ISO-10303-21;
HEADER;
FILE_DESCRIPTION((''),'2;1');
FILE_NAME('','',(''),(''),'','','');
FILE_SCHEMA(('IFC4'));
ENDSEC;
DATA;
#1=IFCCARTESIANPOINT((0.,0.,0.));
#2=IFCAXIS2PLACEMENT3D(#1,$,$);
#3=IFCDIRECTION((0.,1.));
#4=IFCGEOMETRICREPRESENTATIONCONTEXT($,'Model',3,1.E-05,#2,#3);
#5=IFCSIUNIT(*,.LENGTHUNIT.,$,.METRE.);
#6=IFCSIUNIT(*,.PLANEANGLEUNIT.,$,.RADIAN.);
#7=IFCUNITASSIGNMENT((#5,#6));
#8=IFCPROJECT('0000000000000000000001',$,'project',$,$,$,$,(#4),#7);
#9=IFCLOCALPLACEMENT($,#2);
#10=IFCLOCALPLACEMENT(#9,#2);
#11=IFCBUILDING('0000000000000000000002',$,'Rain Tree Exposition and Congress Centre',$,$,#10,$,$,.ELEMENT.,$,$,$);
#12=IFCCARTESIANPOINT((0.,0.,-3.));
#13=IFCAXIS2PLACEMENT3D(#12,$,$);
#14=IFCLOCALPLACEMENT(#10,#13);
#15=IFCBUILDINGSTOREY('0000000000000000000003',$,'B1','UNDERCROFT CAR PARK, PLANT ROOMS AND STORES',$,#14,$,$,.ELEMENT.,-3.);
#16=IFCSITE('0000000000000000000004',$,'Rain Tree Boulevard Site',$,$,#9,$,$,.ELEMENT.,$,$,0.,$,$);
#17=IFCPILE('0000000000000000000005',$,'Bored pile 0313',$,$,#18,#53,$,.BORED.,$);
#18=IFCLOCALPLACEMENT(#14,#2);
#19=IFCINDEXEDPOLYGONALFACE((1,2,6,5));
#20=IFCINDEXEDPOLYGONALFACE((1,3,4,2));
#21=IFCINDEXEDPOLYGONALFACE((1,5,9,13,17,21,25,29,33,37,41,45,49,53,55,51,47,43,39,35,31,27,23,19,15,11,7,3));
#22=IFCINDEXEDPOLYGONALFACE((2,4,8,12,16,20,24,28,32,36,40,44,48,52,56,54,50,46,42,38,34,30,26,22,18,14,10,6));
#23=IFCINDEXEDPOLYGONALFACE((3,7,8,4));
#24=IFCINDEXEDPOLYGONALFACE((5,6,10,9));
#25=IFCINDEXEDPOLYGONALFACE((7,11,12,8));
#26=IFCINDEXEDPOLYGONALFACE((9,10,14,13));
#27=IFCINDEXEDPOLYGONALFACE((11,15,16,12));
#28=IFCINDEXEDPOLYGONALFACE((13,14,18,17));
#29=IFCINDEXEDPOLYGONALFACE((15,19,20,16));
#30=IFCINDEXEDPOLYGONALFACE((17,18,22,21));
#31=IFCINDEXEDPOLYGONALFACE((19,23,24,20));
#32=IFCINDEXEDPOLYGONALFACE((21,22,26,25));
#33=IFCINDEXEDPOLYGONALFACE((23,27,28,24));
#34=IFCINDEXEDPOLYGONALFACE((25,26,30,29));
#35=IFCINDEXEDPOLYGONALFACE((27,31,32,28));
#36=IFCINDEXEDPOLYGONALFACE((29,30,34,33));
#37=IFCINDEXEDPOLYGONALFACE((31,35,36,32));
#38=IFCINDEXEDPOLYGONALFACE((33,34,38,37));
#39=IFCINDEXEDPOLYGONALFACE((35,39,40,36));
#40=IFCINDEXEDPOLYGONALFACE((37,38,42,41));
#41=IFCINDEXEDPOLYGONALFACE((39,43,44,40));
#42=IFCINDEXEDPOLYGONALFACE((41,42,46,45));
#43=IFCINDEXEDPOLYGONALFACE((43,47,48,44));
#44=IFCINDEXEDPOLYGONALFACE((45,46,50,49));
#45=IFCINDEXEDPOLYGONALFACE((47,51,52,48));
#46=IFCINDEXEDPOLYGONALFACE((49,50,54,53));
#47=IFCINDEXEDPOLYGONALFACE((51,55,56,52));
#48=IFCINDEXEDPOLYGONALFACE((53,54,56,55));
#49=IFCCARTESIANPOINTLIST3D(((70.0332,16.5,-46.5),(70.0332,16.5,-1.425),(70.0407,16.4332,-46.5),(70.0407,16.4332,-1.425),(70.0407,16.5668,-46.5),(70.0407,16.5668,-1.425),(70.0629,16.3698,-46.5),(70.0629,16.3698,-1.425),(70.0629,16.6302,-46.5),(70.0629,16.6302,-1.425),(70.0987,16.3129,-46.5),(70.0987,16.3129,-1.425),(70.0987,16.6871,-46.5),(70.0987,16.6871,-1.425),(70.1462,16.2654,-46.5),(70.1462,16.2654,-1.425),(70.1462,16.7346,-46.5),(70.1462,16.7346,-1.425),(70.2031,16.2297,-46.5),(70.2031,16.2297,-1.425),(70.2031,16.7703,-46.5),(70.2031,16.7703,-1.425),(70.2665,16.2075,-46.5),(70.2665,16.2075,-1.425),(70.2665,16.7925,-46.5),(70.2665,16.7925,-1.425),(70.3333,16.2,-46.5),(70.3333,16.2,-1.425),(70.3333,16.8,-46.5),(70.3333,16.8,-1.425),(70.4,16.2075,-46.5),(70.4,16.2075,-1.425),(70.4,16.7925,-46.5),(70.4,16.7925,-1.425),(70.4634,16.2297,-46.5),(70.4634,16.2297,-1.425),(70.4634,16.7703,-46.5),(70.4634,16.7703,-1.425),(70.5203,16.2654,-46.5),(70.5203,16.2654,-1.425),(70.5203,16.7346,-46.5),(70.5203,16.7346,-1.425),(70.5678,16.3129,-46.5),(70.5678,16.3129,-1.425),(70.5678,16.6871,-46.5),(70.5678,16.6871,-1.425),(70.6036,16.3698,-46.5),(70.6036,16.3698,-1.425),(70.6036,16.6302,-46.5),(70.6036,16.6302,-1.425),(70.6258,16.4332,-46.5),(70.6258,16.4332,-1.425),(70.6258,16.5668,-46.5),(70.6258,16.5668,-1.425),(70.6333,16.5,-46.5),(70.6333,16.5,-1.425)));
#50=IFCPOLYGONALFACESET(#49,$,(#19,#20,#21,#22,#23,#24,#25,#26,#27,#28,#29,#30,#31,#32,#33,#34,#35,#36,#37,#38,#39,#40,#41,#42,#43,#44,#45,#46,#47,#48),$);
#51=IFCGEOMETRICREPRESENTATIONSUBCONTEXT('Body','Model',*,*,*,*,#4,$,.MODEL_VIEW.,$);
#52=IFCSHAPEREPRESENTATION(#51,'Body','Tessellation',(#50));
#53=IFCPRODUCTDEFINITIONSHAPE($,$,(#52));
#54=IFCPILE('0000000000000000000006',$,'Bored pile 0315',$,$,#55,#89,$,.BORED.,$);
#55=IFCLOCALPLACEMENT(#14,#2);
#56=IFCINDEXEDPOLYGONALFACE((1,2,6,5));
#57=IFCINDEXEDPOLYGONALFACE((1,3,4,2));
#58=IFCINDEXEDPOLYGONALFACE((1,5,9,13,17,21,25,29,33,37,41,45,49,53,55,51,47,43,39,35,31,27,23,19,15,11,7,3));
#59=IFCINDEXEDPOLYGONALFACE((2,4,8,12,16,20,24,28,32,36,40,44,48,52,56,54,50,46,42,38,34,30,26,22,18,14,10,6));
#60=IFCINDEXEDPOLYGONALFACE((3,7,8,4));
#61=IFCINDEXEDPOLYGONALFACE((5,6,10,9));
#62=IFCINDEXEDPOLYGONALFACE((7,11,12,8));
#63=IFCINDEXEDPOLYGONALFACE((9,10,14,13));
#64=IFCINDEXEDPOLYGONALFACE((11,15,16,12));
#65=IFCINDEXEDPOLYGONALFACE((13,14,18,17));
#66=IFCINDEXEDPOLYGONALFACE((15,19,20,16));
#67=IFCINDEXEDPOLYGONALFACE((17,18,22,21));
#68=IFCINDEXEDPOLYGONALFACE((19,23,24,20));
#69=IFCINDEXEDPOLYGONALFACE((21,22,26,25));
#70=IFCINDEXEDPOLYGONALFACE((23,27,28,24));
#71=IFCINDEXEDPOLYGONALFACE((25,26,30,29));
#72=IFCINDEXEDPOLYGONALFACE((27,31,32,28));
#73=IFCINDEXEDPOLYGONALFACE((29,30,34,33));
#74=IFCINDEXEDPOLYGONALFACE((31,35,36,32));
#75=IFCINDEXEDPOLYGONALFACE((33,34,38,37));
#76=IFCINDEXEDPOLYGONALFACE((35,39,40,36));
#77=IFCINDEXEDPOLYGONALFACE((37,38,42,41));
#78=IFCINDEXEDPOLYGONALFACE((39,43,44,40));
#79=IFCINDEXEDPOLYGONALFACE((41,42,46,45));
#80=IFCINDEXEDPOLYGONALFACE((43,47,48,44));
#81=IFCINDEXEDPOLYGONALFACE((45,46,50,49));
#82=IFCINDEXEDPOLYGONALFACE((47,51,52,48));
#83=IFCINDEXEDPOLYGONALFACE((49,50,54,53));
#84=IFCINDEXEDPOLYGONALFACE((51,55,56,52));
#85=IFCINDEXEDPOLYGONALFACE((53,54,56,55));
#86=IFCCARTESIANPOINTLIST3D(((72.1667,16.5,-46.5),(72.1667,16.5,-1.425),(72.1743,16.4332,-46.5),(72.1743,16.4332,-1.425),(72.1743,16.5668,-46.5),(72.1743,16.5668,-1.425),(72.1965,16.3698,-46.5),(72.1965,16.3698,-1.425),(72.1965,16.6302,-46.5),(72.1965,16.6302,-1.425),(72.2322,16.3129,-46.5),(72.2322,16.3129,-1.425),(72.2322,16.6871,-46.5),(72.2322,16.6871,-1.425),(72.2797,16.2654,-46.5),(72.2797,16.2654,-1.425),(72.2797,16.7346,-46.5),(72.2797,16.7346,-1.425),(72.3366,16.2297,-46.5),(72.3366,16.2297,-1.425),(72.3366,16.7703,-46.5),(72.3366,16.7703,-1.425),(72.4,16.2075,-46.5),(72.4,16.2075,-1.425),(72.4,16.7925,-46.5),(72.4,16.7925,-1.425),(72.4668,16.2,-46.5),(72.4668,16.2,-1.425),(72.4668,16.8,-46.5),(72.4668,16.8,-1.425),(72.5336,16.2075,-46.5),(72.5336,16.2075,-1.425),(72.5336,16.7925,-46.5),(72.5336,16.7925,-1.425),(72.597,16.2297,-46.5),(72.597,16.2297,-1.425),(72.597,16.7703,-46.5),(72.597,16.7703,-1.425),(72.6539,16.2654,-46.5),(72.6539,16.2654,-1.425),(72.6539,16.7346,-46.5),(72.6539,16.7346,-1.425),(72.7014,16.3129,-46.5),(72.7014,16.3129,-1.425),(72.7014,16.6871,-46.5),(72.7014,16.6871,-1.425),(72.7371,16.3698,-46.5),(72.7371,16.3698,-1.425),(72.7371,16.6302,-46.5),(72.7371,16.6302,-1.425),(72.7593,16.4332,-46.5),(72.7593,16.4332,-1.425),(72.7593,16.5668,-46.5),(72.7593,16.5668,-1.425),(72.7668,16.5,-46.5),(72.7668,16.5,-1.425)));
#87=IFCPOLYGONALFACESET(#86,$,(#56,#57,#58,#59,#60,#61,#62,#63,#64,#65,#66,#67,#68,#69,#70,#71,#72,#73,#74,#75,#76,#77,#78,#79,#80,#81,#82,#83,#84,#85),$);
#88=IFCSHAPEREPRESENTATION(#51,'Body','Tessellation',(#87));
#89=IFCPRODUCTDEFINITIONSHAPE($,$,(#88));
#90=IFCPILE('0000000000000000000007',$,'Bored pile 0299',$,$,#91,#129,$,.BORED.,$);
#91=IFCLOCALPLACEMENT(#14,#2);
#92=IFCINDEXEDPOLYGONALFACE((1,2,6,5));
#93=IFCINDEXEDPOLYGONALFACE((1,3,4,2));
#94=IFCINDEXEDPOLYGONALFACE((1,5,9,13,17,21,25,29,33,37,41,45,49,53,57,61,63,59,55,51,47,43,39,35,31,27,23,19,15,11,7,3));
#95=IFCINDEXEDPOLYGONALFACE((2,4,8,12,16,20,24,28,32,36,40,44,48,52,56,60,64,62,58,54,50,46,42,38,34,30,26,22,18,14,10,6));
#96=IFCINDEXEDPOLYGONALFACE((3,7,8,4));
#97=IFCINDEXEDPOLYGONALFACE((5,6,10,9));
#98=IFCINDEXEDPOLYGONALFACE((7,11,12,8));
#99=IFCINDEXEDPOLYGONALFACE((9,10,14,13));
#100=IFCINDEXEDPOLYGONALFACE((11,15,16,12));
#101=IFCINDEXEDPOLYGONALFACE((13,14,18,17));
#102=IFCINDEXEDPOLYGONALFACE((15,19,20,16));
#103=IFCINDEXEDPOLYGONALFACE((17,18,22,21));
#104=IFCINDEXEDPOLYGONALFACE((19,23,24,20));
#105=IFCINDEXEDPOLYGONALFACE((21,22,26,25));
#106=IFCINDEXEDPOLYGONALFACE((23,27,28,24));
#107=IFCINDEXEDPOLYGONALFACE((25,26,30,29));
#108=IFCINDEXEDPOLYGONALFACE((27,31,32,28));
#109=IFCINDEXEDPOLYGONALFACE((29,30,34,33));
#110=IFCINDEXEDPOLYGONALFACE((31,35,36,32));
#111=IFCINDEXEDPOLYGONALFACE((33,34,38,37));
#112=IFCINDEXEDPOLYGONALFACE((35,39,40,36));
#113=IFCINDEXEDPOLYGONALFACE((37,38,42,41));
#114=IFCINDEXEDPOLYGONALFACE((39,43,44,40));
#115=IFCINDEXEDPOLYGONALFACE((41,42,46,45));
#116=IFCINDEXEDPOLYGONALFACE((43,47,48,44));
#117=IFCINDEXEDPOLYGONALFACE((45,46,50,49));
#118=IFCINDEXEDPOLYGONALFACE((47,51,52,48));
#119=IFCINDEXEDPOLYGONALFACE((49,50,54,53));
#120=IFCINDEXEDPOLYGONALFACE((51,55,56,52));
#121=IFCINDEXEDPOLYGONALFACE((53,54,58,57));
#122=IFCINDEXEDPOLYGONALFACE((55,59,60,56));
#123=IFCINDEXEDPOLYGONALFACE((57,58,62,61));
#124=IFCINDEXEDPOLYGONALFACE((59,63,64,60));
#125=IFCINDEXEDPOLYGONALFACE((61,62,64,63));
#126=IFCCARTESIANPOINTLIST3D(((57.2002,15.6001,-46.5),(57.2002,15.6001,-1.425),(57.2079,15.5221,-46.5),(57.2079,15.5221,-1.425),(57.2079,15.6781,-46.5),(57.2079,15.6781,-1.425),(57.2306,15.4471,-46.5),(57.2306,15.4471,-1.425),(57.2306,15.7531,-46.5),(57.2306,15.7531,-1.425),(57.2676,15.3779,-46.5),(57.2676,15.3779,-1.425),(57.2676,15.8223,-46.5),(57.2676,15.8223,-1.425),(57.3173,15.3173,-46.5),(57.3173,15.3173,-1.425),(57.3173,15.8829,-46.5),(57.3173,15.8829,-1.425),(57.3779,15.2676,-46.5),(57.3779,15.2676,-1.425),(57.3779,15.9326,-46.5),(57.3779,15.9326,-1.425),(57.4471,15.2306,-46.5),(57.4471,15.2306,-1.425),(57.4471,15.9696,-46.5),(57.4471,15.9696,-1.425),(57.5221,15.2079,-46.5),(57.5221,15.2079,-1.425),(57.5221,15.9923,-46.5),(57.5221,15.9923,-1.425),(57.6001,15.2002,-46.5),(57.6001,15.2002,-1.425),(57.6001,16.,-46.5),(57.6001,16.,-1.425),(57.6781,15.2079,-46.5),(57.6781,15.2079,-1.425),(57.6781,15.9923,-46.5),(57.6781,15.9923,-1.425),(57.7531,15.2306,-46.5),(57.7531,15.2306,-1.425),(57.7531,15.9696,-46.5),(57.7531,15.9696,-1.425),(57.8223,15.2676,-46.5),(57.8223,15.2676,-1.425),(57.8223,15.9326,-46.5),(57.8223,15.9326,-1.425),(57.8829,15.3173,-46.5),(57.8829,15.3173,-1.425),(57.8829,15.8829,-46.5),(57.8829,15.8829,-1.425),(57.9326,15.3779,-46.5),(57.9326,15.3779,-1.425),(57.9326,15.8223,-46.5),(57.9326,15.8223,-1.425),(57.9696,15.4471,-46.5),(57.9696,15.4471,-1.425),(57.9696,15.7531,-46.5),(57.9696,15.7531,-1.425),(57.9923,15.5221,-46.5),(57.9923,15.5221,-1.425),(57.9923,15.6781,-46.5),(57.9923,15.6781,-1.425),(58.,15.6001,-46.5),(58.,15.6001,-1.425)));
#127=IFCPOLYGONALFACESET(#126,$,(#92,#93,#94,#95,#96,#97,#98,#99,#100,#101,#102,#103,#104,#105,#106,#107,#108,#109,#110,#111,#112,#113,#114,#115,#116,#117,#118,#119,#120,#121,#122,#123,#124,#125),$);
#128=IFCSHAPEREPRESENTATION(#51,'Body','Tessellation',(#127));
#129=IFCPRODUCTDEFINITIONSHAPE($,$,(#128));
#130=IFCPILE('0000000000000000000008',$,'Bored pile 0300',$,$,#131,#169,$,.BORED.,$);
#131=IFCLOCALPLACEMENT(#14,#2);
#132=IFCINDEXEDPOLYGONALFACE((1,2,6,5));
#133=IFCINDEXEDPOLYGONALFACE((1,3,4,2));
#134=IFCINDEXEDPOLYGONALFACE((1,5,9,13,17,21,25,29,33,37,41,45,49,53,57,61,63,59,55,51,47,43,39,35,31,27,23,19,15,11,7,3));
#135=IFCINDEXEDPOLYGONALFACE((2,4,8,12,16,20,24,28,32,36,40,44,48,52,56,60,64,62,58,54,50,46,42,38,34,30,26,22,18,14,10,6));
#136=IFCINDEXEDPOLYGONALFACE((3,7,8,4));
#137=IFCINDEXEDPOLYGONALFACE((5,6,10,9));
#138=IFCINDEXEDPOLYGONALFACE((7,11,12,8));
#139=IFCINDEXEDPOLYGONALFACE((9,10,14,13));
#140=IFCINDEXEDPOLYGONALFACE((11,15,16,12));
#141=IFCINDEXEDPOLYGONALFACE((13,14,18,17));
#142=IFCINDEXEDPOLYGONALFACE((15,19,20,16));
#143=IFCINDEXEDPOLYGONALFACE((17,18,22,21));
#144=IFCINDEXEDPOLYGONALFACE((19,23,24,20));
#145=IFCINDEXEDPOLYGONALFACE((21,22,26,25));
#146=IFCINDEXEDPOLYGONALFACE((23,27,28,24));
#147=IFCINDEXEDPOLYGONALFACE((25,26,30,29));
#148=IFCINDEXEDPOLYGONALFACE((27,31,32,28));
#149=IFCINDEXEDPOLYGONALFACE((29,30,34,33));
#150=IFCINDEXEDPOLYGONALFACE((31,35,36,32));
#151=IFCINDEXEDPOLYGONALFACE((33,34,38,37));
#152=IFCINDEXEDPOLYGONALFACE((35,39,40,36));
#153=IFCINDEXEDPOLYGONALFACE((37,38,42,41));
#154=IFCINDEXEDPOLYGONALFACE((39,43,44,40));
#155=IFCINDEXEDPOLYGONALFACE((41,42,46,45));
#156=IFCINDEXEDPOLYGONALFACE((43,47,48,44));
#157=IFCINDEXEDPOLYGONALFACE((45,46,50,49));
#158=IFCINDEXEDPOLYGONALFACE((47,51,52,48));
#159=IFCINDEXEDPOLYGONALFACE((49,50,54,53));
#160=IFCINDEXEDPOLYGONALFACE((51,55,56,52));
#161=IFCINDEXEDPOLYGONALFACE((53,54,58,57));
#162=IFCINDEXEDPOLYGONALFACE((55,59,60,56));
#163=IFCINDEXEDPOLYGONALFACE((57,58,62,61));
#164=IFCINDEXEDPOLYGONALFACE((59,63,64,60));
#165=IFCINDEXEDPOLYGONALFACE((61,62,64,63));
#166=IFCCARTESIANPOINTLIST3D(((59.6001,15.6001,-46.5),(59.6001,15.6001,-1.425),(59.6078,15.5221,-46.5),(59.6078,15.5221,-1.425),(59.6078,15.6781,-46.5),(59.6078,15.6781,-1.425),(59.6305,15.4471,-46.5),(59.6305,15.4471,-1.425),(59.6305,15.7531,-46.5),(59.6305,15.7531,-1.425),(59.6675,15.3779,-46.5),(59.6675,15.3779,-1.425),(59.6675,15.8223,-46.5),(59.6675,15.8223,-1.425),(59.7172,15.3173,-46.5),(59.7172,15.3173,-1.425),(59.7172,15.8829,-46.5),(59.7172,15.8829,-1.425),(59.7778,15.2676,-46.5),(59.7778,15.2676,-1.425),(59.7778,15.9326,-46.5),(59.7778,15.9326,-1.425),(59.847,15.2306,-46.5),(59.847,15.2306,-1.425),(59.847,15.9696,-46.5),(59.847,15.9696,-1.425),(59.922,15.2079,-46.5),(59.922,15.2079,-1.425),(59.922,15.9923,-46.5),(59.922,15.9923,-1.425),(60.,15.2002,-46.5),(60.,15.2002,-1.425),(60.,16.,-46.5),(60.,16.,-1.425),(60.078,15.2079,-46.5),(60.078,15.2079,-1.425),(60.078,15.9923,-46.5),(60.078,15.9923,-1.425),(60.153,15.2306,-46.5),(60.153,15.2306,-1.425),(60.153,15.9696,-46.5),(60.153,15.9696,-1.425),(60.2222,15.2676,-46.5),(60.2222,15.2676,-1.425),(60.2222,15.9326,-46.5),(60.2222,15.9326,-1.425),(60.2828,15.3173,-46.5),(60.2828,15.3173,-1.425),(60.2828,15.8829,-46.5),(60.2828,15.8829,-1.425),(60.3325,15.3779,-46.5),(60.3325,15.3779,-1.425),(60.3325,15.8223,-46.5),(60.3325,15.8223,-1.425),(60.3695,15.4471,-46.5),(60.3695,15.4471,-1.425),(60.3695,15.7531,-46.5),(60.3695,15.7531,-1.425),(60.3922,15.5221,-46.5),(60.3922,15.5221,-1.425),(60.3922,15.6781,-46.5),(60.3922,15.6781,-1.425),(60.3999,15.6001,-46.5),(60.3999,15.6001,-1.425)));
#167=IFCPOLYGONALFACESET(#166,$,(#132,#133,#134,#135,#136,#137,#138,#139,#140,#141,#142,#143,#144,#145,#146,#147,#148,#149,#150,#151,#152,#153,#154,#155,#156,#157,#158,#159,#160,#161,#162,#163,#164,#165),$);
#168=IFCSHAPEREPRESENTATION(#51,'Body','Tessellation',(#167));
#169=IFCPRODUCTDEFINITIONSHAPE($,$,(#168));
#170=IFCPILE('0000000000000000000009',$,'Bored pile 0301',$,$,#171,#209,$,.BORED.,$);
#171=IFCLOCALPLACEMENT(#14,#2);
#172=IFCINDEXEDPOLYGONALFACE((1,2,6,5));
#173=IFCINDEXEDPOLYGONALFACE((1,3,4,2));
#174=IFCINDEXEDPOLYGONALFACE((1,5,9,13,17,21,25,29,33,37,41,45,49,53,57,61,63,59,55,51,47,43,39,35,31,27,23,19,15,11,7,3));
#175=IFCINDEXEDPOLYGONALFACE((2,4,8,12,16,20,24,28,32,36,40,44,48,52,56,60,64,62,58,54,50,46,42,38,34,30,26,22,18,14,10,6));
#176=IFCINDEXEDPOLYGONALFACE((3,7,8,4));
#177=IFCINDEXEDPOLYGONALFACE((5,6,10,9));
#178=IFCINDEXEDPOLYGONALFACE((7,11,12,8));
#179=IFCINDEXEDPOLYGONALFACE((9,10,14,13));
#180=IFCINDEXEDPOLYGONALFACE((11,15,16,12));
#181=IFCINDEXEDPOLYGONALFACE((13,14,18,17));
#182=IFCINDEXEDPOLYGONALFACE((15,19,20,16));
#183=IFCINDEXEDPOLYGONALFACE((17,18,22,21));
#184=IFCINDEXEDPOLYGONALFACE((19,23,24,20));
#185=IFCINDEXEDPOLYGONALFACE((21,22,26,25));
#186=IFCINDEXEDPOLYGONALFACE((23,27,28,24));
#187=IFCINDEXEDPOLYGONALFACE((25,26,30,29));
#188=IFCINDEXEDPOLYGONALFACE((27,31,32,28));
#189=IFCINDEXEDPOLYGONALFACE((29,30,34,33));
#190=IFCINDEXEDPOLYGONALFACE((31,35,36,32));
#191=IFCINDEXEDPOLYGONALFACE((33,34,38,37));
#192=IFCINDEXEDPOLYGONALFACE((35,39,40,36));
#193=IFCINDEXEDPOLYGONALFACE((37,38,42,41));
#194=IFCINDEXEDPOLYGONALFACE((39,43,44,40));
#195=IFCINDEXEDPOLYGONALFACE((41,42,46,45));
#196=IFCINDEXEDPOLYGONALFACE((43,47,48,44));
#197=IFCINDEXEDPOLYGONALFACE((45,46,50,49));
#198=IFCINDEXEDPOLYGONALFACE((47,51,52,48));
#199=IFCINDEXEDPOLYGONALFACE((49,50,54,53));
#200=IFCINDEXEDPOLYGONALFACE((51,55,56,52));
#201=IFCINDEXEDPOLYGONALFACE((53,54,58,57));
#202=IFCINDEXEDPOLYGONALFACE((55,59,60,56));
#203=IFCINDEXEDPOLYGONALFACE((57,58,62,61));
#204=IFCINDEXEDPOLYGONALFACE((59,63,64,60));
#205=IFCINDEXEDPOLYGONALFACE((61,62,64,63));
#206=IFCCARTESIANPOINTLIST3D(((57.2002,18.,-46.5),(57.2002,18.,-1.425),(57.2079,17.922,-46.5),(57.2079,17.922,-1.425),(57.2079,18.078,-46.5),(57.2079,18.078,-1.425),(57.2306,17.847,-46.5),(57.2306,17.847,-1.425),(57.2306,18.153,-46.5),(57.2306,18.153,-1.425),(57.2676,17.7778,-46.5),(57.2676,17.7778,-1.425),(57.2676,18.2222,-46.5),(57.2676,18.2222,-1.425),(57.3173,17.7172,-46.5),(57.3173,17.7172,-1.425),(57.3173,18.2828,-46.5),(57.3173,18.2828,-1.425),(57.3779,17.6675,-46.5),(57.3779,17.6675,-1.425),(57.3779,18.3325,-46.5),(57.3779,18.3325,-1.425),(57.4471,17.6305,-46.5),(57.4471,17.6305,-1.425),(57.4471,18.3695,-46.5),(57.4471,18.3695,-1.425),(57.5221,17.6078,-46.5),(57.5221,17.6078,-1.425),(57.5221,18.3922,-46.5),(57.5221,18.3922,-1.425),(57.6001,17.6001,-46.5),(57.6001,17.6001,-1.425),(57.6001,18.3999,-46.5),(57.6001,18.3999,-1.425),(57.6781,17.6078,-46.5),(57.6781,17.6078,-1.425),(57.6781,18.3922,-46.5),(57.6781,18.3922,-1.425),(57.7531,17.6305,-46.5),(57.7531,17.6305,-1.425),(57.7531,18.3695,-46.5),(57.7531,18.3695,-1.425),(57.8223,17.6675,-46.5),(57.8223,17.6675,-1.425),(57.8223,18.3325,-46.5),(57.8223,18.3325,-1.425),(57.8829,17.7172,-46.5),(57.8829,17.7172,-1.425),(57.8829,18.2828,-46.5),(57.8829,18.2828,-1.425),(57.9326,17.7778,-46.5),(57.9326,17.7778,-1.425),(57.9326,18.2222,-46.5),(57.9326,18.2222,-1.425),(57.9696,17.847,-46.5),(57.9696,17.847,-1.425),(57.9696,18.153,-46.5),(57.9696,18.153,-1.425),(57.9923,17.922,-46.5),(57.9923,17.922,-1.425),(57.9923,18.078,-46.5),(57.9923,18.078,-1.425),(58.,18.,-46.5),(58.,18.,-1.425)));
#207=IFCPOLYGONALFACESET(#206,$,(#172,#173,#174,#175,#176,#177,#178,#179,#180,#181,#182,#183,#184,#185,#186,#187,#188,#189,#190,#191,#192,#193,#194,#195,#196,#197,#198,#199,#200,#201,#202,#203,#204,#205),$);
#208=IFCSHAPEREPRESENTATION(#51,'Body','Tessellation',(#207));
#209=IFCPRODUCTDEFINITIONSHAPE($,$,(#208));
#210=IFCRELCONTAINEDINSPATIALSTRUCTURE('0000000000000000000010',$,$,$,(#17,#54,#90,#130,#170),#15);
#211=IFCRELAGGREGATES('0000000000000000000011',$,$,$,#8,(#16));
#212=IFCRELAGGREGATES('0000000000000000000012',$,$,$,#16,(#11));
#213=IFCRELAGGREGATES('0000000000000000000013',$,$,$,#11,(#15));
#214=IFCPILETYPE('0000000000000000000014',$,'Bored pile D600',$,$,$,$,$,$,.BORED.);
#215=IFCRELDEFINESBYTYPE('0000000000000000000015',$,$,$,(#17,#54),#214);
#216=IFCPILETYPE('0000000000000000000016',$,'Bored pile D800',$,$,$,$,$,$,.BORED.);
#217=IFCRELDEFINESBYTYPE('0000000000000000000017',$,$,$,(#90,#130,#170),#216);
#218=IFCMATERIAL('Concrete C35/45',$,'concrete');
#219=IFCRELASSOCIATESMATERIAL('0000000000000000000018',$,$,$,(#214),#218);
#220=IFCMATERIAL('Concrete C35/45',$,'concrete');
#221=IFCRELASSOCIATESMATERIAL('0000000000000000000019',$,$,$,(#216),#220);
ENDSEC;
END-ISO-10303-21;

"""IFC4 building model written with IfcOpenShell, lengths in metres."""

from ifc_helpers import new_model, si_unit, direction, frame, origin, origin_2d, place, context, subcontext, project, spatial, circle, extrude, material, material_profile, profile_set, type_object, element, save


model = new_model("IFC4")

# Units and contexts
model_context = context("Model", 3, precision=1e-05, world=origin(), true_north=direction((0.0, 1.0)))
body_context = subcontext(model_context, "Body", "Model", "MODEL_VIEW")
ifc_project = project(units=[si_unit("LENGTHUNIT", "METRE"), si_unit("PLANEANGLEUNIT", "RADIAN")], contexts=[model_context])

# Site, building, storey
site_placement = place(None, origin())
site = spatial("IfcSite", under=ifc_project, at=site_placement, Name="Rain Tree Boulevard Site", CompositionType="ELEMENT", RefElevation=0.0)
building_placement = place(site_placement, origin())
building = spatial("IfcBuilding", under=site, at=building_placement, Name="Rain Tree Exposition and Congress Centre", CompositionType="ELEMENT")
storey_placement = place(building_placement, frame((0.0, 0.0, -3.0)))
storey = spatial("IfcBuildingStorey", under=building, at=storey_placement, Name="B1", Description="UNDERCROFT CAR PARK, PLANT ROOMS AND STORES", CompositionType="ELEMENT", Elevation=-3.0)

# Piles
ifc_material_1 = material(Name="Concrete C35/45", Category="concrete")
ifc_material_profile_1 = material_profile(ifc_material_1, circle(Radius=0.3, at=origin_2d()), Name="D600")
ifc_profile_set_1 = profile_set([ifc_material_profile_1], Name="Concrete C35/45")
pile_type_1 = type_object("IfcPileType", Name="Bored pile D600", PredefinedType="BORED", material=ifc_profile_set_1)
for number, where, z_axis, x_axis, name in (
    (1, (70.3333, 16.5, -1.425), (0.0, 0.0, -1.0), (1.0, 0.0, 0.0), "Bored pile 0313"),
    (2, (72.4668, 16.5, -1.425), (0.0, 0.0, -1.0), (1.0, 0.0, 0.0), "Bored pile 0315"),
):
    element("IfcPile", number, at=place(storey_placement, frame(where, z_axis=z_axis, x_axis=x_axis)), inside=storey, type_object=pile_type_1, Name=name, PredefinedType="BORED", context=body_context, shape_type="SweptSolid", body=[
        extrude(circle(Radius=0.3, at=origin_2d()), origin(), (0.0, 0.0, 1.0), 45.075),
    ])
ifc_material_2 = material(Name="Concrete C35/45", Category="concrete")
ifc_material_profile_2 = material_profile(ifc_material_2, circle(Radius=0.3999, at=origin_2d()), Name="D800")
ifc_profile_set_2 = profile_set([ifc_material_profile_2], Name="Concrete C35/45")
pile_type_2 = type_object("IfcPileType", Name="Bored pile D800", PredefinedType="BORED", material=ifc_profile_set_2)
for number, where, z_axis, x_axis, name in (
    (3, (57.6001, 15.6001, -1.425), (0.0, 0.0, -1.0), (1.0, 0.0, 0.0), "Bored pile 0299"),
    (4, (60.0, 15.6001, -1.425), (0.0, 0.0, -1.0), (1.0, 0.0, 0.0), "Bored pile 0300"),
    (5, (57.6001, 18.0, -1.425), (0.0, 0.0, -1.0), (1.0, 0.0, 0.0), "Bored pile 0301"),
):
    element("IfcPile", number, at=place(storey_placement, frame(where, z_axis=z_axis, x_axis=x_axis)), inside=storey, type_object=pile_type_2, Name=name, PredefinedType="BORED", context=body_context, shape_type="SweptSolid", body=[
        extrude(circle(Radius=0.3999, at=origin_2d()), origin(), (0.0, 0.0, 1.0), 45.075),
    ])

save(model, "model.ifc")
